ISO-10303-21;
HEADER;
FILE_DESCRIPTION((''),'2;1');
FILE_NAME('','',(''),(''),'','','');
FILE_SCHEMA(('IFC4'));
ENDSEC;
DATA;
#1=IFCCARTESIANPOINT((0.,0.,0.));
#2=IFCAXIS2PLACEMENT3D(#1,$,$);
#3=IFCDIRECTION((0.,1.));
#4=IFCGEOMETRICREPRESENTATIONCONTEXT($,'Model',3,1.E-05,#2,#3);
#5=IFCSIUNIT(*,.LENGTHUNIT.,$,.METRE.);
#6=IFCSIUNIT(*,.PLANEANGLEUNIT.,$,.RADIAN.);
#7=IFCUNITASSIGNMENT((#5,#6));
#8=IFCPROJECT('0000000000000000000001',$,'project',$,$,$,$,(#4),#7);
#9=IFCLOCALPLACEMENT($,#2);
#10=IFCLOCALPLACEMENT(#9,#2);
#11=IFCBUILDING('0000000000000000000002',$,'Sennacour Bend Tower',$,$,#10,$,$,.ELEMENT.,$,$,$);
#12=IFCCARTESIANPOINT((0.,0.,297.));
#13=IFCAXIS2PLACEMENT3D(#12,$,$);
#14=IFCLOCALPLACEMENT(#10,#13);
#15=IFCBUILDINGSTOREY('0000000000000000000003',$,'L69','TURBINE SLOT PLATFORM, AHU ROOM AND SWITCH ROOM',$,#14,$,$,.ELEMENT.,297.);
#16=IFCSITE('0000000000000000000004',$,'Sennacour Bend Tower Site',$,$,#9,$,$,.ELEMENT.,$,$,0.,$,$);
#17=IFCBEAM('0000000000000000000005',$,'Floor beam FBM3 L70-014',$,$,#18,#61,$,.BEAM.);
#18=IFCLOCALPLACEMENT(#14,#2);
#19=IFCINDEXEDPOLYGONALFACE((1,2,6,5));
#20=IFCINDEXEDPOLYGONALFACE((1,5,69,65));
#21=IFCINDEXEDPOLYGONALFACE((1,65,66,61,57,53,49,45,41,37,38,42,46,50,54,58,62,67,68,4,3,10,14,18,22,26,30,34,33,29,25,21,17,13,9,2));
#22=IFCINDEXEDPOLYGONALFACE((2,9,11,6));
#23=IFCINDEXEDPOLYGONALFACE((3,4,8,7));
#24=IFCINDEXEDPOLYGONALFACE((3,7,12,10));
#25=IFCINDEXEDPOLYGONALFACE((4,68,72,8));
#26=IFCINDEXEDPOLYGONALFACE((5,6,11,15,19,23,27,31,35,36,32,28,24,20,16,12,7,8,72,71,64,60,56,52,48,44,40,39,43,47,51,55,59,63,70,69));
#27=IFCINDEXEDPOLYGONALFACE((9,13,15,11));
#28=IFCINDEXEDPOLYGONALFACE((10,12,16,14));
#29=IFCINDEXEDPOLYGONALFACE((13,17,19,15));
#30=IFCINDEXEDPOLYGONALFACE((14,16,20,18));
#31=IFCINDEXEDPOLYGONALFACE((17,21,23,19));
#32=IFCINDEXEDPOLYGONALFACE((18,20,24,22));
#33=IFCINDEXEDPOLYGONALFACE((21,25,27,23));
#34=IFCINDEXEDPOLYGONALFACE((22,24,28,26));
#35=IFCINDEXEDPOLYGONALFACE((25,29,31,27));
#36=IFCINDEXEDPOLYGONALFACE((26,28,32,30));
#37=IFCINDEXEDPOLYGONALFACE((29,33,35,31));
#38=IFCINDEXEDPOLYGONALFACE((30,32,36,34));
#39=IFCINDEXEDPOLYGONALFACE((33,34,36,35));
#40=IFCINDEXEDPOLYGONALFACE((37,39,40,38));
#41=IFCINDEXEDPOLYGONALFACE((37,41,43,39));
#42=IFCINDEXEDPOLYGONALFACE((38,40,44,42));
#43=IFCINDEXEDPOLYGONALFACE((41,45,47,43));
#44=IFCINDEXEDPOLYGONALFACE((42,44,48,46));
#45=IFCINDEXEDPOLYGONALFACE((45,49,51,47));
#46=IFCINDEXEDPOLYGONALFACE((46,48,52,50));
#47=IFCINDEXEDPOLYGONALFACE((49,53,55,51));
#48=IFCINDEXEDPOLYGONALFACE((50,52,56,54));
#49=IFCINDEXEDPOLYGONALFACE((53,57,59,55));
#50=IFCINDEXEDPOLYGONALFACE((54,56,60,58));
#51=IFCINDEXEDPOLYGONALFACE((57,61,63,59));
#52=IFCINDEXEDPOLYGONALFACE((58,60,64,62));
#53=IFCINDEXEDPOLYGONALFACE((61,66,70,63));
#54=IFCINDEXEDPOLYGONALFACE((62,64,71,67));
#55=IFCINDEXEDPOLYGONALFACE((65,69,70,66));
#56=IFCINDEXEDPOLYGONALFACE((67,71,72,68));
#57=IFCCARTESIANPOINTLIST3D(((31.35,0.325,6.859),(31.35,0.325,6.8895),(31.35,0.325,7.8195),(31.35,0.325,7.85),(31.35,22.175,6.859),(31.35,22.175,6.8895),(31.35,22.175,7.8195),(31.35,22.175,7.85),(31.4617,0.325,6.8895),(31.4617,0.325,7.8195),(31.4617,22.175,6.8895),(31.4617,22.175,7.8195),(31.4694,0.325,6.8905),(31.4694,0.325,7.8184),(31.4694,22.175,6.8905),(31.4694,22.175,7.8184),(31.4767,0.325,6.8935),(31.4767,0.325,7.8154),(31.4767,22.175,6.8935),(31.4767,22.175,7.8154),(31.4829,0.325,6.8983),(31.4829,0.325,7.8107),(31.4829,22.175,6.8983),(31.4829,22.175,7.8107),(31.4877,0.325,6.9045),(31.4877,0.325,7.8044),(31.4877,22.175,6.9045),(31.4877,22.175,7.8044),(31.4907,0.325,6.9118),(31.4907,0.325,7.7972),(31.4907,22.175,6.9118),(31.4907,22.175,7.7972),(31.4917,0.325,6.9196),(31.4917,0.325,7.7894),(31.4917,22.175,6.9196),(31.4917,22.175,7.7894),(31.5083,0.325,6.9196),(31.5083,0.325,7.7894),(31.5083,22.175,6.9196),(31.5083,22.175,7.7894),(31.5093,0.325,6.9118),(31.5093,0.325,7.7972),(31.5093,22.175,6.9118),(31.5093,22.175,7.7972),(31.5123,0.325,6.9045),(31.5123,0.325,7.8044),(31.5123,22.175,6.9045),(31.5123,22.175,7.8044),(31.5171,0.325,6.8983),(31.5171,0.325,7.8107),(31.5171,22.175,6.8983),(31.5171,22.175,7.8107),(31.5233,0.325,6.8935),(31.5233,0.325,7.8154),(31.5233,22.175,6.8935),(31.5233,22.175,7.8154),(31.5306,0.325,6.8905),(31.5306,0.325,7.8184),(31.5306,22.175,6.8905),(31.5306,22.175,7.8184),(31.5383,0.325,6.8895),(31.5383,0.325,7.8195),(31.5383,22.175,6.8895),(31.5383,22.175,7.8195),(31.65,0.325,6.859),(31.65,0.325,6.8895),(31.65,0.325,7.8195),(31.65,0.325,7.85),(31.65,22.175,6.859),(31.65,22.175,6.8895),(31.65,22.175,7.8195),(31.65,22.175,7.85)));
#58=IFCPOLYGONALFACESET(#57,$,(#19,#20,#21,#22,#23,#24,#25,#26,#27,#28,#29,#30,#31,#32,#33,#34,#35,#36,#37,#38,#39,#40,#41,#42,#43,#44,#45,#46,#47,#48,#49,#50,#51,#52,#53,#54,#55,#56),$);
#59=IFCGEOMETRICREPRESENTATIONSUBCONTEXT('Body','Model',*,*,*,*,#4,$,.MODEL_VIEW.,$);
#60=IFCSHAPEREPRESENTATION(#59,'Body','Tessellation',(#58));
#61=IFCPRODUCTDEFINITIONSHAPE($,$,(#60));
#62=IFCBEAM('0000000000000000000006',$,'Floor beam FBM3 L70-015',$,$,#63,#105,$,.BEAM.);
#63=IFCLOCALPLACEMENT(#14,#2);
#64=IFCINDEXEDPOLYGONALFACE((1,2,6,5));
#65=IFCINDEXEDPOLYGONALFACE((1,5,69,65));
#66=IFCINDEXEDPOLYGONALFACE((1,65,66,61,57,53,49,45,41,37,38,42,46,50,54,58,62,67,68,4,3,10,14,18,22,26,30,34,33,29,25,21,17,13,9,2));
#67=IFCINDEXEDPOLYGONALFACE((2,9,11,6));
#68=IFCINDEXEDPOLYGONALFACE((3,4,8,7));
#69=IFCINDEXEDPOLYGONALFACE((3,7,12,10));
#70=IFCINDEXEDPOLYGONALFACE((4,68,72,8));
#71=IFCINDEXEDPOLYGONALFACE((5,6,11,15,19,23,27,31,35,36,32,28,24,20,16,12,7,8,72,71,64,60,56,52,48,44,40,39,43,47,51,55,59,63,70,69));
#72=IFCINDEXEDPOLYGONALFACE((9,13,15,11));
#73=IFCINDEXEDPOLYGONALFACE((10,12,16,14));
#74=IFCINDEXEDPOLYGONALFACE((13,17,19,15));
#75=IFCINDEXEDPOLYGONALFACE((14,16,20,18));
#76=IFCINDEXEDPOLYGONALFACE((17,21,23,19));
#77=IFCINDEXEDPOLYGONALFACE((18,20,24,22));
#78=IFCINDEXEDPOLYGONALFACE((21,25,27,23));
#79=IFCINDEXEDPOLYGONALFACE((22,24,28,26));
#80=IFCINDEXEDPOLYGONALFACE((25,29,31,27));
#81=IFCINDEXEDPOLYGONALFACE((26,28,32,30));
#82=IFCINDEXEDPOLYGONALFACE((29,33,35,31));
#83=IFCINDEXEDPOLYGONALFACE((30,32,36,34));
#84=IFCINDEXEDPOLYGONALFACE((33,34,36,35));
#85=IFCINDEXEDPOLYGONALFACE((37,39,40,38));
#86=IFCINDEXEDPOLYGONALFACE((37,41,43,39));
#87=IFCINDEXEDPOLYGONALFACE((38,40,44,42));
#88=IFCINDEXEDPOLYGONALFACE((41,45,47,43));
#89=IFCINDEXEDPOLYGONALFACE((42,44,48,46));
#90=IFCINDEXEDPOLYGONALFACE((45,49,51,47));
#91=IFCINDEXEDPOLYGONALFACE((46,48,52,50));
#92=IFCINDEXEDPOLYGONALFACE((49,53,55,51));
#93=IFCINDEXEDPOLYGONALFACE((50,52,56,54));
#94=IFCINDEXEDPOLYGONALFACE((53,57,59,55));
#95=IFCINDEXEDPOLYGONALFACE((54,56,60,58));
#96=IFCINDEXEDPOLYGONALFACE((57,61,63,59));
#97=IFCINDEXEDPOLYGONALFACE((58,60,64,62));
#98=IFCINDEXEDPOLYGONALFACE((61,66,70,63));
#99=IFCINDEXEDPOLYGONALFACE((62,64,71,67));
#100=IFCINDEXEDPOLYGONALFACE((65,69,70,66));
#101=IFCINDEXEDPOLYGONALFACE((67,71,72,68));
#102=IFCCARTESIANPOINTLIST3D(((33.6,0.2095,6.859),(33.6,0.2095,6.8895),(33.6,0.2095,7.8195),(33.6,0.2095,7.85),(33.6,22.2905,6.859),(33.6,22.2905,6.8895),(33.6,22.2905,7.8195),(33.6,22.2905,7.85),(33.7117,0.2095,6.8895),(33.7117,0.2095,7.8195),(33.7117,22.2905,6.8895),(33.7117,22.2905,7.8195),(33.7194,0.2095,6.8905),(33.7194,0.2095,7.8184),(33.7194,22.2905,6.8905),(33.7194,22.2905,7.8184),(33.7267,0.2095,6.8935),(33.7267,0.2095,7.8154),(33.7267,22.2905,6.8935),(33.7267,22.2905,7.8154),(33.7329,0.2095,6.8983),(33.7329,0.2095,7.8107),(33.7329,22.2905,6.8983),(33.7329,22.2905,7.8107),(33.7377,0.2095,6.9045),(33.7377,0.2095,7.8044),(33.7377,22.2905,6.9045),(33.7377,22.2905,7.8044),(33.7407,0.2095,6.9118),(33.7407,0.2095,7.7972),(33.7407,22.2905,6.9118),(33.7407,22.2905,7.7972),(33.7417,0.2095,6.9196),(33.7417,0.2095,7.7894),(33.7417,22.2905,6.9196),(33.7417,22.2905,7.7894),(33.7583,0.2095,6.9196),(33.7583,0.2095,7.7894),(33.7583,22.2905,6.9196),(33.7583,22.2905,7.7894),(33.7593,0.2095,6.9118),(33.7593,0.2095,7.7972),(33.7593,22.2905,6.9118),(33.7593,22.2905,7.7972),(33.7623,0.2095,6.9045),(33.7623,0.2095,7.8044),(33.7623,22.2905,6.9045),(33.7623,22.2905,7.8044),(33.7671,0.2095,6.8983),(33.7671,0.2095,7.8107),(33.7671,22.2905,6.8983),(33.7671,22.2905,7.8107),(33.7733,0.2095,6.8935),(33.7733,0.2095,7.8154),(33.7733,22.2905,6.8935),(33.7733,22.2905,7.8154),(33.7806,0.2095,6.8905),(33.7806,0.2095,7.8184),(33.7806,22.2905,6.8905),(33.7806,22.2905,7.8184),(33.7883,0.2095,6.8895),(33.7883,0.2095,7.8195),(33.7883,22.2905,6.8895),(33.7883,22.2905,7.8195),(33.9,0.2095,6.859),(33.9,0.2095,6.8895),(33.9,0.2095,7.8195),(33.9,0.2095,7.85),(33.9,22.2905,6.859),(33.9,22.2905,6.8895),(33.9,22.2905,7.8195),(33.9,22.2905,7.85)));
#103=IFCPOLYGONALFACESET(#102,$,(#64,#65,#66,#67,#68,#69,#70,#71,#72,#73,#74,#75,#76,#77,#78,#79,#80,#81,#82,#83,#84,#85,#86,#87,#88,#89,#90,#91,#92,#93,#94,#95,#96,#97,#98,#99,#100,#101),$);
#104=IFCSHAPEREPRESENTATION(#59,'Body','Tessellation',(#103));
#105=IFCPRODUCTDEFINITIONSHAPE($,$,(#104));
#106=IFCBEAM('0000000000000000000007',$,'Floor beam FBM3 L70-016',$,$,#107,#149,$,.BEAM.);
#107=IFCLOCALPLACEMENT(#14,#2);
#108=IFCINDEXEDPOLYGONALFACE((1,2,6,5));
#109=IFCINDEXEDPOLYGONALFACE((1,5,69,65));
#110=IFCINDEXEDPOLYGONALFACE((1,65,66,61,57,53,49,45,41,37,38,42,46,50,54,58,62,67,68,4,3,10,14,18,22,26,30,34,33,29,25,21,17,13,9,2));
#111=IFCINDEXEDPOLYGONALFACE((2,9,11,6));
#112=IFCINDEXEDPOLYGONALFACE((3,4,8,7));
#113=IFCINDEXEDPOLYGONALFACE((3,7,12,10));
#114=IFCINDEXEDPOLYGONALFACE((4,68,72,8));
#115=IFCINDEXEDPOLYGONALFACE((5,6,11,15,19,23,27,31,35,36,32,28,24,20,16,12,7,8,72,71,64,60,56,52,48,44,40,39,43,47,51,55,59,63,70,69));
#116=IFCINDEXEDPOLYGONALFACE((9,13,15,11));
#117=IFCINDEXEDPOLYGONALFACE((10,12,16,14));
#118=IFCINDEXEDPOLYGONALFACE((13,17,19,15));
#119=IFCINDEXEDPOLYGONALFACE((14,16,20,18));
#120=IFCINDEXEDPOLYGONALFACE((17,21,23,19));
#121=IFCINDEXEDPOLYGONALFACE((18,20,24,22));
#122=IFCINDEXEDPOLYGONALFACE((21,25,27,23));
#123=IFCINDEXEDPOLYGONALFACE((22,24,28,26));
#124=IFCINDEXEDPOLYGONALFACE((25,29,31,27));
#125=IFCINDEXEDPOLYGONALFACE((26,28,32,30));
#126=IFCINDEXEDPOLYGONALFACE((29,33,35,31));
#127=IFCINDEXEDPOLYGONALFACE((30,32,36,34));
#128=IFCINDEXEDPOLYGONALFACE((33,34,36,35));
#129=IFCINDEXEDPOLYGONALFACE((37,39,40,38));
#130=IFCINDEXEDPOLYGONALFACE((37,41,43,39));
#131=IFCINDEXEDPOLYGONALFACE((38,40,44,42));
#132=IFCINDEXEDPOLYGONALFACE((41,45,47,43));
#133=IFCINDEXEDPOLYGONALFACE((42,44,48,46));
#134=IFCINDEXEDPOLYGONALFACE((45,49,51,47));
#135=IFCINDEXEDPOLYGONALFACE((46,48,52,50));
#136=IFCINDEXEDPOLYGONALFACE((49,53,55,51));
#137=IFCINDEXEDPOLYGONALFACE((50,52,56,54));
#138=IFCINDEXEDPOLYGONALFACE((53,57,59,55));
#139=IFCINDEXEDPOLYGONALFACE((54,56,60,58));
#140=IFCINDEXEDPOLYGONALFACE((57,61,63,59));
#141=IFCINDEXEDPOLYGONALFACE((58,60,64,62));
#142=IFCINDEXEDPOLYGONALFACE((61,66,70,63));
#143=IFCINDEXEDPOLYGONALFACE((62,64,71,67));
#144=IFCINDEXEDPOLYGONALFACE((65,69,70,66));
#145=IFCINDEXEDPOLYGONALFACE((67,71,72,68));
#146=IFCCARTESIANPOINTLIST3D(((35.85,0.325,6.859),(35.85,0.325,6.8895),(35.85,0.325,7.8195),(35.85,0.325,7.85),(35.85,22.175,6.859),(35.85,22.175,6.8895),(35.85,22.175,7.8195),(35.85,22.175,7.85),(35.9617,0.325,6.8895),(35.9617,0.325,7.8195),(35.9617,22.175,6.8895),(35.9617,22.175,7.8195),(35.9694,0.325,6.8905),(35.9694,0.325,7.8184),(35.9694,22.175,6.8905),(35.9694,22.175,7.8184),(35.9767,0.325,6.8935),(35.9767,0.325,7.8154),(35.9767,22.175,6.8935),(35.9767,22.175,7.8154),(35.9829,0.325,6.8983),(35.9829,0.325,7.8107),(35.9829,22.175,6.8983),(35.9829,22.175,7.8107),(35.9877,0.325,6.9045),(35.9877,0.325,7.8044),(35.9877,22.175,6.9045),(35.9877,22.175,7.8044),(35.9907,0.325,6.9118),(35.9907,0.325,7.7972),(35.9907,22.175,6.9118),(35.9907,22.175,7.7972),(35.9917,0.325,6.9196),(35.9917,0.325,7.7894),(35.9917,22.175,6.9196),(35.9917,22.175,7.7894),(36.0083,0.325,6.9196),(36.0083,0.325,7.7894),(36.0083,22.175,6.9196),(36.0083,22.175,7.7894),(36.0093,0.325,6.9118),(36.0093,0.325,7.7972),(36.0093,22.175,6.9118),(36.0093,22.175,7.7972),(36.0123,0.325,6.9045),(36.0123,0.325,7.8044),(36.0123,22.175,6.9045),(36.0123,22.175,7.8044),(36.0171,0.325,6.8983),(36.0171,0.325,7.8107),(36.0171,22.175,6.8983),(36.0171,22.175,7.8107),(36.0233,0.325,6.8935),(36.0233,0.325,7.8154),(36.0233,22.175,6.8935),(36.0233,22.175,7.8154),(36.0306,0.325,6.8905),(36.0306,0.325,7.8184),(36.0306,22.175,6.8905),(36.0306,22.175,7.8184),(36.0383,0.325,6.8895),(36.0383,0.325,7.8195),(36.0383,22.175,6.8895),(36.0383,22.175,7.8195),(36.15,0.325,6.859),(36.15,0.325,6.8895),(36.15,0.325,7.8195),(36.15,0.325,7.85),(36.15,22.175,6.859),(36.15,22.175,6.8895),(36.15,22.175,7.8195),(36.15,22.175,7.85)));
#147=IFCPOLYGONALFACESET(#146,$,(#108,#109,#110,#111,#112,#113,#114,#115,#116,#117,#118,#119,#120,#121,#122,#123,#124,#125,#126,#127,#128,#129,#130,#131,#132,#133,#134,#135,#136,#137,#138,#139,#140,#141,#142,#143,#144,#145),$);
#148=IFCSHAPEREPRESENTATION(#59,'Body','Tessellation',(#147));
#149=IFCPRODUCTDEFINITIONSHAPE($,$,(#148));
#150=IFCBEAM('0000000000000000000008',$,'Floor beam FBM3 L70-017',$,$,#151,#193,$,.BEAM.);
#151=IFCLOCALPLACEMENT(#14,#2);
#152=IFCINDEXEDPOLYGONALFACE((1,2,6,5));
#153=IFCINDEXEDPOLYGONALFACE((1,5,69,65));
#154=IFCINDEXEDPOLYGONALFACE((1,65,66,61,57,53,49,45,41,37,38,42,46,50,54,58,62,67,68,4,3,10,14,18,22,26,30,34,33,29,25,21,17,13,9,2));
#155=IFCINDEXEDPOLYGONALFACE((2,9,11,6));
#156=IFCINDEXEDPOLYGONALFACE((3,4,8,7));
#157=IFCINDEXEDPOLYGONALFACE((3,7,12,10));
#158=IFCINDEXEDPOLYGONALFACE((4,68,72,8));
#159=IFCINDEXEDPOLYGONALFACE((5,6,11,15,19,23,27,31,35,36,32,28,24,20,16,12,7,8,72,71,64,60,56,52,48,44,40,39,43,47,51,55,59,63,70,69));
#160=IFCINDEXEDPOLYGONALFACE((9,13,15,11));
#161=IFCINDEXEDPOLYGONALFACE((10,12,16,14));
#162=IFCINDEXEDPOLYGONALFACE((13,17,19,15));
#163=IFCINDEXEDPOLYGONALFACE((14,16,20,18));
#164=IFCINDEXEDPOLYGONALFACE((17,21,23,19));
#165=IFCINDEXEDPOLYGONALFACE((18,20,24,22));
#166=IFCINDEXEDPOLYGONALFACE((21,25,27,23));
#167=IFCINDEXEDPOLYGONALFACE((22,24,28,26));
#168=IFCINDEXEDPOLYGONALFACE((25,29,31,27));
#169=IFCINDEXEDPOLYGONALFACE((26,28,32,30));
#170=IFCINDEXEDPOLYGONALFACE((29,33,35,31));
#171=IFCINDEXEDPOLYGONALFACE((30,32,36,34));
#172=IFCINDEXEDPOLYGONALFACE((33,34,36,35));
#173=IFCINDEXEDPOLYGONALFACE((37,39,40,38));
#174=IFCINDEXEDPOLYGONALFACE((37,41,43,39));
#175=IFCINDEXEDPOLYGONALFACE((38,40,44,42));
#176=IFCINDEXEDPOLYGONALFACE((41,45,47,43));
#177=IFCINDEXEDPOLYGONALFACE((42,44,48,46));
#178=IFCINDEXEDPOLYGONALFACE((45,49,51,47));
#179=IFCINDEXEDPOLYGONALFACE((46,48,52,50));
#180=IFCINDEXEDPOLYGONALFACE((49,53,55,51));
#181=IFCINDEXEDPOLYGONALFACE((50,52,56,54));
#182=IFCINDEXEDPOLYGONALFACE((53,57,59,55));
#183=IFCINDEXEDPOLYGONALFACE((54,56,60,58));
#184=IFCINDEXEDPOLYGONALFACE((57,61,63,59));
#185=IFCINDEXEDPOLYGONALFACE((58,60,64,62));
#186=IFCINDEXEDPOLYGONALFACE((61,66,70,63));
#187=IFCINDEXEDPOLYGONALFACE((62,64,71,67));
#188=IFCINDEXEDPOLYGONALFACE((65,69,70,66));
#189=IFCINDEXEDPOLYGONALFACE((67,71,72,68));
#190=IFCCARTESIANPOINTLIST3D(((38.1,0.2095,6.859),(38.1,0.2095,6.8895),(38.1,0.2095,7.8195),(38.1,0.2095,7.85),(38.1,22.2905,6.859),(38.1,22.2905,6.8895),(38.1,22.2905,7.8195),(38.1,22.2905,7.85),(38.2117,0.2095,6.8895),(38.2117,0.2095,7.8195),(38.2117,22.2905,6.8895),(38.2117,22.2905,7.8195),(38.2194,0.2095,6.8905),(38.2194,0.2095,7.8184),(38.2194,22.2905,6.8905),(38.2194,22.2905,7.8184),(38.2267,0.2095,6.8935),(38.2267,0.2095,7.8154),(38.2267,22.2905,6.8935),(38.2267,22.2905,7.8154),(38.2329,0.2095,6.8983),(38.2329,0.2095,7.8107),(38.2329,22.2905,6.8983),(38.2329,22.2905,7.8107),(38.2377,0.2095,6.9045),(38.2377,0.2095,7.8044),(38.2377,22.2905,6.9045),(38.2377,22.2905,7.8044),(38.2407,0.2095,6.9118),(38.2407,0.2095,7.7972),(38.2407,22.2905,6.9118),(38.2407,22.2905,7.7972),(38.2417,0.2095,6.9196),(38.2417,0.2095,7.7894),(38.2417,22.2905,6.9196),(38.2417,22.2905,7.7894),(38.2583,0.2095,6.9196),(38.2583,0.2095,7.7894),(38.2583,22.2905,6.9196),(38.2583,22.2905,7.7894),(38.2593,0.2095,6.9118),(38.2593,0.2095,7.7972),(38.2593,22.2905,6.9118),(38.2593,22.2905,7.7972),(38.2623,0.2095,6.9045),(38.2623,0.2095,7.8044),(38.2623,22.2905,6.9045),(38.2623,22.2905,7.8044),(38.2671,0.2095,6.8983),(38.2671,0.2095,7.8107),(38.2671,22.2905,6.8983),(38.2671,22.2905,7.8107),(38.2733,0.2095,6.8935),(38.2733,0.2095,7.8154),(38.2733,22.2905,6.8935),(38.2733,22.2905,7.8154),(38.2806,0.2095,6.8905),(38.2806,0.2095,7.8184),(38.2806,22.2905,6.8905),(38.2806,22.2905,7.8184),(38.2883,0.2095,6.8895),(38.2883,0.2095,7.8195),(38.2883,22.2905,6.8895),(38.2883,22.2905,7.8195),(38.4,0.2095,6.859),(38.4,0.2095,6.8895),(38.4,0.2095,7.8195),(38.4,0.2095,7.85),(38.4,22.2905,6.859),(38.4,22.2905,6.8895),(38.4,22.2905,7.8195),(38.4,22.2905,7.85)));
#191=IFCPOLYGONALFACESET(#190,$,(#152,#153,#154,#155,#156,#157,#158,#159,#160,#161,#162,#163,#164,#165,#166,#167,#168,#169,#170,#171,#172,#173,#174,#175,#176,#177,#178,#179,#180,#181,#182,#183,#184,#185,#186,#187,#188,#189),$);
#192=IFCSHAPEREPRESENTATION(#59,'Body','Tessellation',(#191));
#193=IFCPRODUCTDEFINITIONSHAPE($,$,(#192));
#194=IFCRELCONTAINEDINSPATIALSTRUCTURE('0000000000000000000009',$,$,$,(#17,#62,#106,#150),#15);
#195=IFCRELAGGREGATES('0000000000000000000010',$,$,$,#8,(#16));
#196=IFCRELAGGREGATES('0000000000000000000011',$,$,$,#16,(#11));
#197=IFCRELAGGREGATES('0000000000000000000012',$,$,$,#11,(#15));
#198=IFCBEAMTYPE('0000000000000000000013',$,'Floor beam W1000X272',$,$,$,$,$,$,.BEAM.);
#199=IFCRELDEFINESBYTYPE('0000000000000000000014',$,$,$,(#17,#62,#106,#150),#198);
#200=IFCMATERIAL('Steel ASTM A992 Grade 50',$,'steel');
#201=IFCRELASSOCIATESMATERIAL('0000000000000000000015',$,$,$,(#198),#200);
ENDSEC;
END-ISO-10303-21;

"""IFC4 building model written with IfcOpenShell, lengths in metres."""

from ifc_helpers import new_model, si_unit, direction, frame, origin, origin_2d, place, context, subcontext, project, spatial, i_section, extrude, material, material_profile, profile_set, type_object, element, save


model = new_model("IFC4")

# Units and contexts
model_context = context("Model", 3, precision=1e-05, world=origin(), true_north=direction((0.0, 1.0)))
body_context = subcontext(model_context, "Body", "Model", "MODEL_VIEW")
ifc_project = project(units=[si_unit("LENGTHUNIT", "METRE"), si_unit("PLANEANGLEUNIT", "RADIAN")], contexts=[model_context])

# Site, building, storey
site_placement = place(None, origin())
site = spatial("IfcSite", under=ifc_project, at=site_placement, Name="Sennacour Bend Tower Site", CompositionType="ELEMENT", RefElevation=0.0)
building_placement = place(site_placement, origin())
building = spatial("IfcBuilding", under=site, at=building_placement, Name="Sennacour Bend Tower", CompositionType="ELEMENT")
storey_placement = place(building_placement, frame((0.0, 0.0, 297.0)))
storey = spatial("IfcBuildingStorey", under=building, at=storey_placement, Name="L69", Description="TURBINE SLOT PLATFORM, AHU ROOM AND SWITCH ROOM", CompositionType="ELEMENT", Elevation=297.0)

# Shared definitions
ifc_material_1 = material(Name="Steel ASTM A992 Grade 50", Category="steel")

# Beams
ifc_material_profile_1 = material_profile(ifc_material_1, i_section(OverallWidth=0.3, OverallDepth=0.991, WebThickness=0.0166, FlangeThickness=0.0305, FilletRadius=0.03, at=origin_2d()), Name="Steel ASTM A992 Grade 50", Category="steel")
ifc_profile_set_1 = profile_set([ifc_material_profile_1], Name="Steel ASTM A992 Grade 50")
beam_type = type_object("IfcBeamType", Name="Floor beam W1000X272", PredefinedType="BEAM", material=ifc_profile_set_1)
beam_1_placement = place(storey_placement, frame((31.5, 0.325, 7.3545), z_axis=(0.0, 1.0, 0.0), x_axis=(-1.0, 0.0, 0.0)))
element("IfcBeam", 1, at=beam_1_placement, inside=storey, type_object=beam_type, Name="Floor beam FBM3 L70-014", PredefinedType="BEAM", context=body_context, shape_type="SweptSolid", body=[
    extrude(i_section(OverallWidth=0.3, OverallDepth=0.991, WebThickness=0.0166, FlangeThickness=0.0305, FilletRadius=0.03, at=origin_2d()), origin(), (0.0, 0.0, 1.0), 21.8501),
])
beam_2_placement = place(storey_placement, frame((33.75, 0.2095, 7.3545), z_axis=(0.0, 1.0, 0.0), x_axis=(-1.0, 0.0, 0.0)))
element("IfcBeam", 2, at=beam_2_placement, inside=storey, type_object=beam_type, Name="Floor beam FBM3 L70-015", PredefinedType="BEAM", context=body_context, shape_type="SweptSolid", body=[
    extrude(i_section(OverallWidth=0.3, OverallDepth=0.991, WebThickness=0.0166, FlangeThickness=0.0305, FilletRadius=0.03, at=origin_2d()), origin(), (0.0, 0.0, 1.0), 22.0811),
])
beam_3_placement = place(storey_placement, frame((36.0, 0.325, 7.3545), z_axis=(0.0, 1.0, 0.0), x_axis=(-1.0, 0.0, 0.0)))
element("IfcBeam", 3, at=beam_3_placement, inside=storey, type_object=beam_type, Name="Floor beam FBM3 L70-016", PredefinedType="BEAM", context=body_context, shape_type="SweptSolid", body=[
    extrude(i_section(OverallWidth=0.3, OverallDepth=0.991, WebThickness=0.0166, FlangeThickness=0.0305, FilletRadius=0.03, at=origin_2d()), origin(), (0.0, 0.0, 1.0), 21.8501),
])
beam_4_placement = place(storey_placement, frame((38.25, 0.2095, 7.3545), z_axis=(0.0, 1.0, 0.0), x_axis=(-1.0, 0.0, 0.0)))
element("IfcBeam", 4, at=beam_4_placement, inside=storey, type_object=beam_type, Name="Floor beam FBM3 L70-017", PredefinedType="BEAM", context=body_context, shape_type="SweptSolid", body=[
    extrude(i_section(OverallWidth=0.3, OverallDepth=0.991, WebThickness=0.0166, FlangeThickness=0.0305, FilletRadius=0.03, at=origin_2d()), origin(), (0.0, 0.0, 1.0), 22.0811),
])

save(model, "model.ifc")
